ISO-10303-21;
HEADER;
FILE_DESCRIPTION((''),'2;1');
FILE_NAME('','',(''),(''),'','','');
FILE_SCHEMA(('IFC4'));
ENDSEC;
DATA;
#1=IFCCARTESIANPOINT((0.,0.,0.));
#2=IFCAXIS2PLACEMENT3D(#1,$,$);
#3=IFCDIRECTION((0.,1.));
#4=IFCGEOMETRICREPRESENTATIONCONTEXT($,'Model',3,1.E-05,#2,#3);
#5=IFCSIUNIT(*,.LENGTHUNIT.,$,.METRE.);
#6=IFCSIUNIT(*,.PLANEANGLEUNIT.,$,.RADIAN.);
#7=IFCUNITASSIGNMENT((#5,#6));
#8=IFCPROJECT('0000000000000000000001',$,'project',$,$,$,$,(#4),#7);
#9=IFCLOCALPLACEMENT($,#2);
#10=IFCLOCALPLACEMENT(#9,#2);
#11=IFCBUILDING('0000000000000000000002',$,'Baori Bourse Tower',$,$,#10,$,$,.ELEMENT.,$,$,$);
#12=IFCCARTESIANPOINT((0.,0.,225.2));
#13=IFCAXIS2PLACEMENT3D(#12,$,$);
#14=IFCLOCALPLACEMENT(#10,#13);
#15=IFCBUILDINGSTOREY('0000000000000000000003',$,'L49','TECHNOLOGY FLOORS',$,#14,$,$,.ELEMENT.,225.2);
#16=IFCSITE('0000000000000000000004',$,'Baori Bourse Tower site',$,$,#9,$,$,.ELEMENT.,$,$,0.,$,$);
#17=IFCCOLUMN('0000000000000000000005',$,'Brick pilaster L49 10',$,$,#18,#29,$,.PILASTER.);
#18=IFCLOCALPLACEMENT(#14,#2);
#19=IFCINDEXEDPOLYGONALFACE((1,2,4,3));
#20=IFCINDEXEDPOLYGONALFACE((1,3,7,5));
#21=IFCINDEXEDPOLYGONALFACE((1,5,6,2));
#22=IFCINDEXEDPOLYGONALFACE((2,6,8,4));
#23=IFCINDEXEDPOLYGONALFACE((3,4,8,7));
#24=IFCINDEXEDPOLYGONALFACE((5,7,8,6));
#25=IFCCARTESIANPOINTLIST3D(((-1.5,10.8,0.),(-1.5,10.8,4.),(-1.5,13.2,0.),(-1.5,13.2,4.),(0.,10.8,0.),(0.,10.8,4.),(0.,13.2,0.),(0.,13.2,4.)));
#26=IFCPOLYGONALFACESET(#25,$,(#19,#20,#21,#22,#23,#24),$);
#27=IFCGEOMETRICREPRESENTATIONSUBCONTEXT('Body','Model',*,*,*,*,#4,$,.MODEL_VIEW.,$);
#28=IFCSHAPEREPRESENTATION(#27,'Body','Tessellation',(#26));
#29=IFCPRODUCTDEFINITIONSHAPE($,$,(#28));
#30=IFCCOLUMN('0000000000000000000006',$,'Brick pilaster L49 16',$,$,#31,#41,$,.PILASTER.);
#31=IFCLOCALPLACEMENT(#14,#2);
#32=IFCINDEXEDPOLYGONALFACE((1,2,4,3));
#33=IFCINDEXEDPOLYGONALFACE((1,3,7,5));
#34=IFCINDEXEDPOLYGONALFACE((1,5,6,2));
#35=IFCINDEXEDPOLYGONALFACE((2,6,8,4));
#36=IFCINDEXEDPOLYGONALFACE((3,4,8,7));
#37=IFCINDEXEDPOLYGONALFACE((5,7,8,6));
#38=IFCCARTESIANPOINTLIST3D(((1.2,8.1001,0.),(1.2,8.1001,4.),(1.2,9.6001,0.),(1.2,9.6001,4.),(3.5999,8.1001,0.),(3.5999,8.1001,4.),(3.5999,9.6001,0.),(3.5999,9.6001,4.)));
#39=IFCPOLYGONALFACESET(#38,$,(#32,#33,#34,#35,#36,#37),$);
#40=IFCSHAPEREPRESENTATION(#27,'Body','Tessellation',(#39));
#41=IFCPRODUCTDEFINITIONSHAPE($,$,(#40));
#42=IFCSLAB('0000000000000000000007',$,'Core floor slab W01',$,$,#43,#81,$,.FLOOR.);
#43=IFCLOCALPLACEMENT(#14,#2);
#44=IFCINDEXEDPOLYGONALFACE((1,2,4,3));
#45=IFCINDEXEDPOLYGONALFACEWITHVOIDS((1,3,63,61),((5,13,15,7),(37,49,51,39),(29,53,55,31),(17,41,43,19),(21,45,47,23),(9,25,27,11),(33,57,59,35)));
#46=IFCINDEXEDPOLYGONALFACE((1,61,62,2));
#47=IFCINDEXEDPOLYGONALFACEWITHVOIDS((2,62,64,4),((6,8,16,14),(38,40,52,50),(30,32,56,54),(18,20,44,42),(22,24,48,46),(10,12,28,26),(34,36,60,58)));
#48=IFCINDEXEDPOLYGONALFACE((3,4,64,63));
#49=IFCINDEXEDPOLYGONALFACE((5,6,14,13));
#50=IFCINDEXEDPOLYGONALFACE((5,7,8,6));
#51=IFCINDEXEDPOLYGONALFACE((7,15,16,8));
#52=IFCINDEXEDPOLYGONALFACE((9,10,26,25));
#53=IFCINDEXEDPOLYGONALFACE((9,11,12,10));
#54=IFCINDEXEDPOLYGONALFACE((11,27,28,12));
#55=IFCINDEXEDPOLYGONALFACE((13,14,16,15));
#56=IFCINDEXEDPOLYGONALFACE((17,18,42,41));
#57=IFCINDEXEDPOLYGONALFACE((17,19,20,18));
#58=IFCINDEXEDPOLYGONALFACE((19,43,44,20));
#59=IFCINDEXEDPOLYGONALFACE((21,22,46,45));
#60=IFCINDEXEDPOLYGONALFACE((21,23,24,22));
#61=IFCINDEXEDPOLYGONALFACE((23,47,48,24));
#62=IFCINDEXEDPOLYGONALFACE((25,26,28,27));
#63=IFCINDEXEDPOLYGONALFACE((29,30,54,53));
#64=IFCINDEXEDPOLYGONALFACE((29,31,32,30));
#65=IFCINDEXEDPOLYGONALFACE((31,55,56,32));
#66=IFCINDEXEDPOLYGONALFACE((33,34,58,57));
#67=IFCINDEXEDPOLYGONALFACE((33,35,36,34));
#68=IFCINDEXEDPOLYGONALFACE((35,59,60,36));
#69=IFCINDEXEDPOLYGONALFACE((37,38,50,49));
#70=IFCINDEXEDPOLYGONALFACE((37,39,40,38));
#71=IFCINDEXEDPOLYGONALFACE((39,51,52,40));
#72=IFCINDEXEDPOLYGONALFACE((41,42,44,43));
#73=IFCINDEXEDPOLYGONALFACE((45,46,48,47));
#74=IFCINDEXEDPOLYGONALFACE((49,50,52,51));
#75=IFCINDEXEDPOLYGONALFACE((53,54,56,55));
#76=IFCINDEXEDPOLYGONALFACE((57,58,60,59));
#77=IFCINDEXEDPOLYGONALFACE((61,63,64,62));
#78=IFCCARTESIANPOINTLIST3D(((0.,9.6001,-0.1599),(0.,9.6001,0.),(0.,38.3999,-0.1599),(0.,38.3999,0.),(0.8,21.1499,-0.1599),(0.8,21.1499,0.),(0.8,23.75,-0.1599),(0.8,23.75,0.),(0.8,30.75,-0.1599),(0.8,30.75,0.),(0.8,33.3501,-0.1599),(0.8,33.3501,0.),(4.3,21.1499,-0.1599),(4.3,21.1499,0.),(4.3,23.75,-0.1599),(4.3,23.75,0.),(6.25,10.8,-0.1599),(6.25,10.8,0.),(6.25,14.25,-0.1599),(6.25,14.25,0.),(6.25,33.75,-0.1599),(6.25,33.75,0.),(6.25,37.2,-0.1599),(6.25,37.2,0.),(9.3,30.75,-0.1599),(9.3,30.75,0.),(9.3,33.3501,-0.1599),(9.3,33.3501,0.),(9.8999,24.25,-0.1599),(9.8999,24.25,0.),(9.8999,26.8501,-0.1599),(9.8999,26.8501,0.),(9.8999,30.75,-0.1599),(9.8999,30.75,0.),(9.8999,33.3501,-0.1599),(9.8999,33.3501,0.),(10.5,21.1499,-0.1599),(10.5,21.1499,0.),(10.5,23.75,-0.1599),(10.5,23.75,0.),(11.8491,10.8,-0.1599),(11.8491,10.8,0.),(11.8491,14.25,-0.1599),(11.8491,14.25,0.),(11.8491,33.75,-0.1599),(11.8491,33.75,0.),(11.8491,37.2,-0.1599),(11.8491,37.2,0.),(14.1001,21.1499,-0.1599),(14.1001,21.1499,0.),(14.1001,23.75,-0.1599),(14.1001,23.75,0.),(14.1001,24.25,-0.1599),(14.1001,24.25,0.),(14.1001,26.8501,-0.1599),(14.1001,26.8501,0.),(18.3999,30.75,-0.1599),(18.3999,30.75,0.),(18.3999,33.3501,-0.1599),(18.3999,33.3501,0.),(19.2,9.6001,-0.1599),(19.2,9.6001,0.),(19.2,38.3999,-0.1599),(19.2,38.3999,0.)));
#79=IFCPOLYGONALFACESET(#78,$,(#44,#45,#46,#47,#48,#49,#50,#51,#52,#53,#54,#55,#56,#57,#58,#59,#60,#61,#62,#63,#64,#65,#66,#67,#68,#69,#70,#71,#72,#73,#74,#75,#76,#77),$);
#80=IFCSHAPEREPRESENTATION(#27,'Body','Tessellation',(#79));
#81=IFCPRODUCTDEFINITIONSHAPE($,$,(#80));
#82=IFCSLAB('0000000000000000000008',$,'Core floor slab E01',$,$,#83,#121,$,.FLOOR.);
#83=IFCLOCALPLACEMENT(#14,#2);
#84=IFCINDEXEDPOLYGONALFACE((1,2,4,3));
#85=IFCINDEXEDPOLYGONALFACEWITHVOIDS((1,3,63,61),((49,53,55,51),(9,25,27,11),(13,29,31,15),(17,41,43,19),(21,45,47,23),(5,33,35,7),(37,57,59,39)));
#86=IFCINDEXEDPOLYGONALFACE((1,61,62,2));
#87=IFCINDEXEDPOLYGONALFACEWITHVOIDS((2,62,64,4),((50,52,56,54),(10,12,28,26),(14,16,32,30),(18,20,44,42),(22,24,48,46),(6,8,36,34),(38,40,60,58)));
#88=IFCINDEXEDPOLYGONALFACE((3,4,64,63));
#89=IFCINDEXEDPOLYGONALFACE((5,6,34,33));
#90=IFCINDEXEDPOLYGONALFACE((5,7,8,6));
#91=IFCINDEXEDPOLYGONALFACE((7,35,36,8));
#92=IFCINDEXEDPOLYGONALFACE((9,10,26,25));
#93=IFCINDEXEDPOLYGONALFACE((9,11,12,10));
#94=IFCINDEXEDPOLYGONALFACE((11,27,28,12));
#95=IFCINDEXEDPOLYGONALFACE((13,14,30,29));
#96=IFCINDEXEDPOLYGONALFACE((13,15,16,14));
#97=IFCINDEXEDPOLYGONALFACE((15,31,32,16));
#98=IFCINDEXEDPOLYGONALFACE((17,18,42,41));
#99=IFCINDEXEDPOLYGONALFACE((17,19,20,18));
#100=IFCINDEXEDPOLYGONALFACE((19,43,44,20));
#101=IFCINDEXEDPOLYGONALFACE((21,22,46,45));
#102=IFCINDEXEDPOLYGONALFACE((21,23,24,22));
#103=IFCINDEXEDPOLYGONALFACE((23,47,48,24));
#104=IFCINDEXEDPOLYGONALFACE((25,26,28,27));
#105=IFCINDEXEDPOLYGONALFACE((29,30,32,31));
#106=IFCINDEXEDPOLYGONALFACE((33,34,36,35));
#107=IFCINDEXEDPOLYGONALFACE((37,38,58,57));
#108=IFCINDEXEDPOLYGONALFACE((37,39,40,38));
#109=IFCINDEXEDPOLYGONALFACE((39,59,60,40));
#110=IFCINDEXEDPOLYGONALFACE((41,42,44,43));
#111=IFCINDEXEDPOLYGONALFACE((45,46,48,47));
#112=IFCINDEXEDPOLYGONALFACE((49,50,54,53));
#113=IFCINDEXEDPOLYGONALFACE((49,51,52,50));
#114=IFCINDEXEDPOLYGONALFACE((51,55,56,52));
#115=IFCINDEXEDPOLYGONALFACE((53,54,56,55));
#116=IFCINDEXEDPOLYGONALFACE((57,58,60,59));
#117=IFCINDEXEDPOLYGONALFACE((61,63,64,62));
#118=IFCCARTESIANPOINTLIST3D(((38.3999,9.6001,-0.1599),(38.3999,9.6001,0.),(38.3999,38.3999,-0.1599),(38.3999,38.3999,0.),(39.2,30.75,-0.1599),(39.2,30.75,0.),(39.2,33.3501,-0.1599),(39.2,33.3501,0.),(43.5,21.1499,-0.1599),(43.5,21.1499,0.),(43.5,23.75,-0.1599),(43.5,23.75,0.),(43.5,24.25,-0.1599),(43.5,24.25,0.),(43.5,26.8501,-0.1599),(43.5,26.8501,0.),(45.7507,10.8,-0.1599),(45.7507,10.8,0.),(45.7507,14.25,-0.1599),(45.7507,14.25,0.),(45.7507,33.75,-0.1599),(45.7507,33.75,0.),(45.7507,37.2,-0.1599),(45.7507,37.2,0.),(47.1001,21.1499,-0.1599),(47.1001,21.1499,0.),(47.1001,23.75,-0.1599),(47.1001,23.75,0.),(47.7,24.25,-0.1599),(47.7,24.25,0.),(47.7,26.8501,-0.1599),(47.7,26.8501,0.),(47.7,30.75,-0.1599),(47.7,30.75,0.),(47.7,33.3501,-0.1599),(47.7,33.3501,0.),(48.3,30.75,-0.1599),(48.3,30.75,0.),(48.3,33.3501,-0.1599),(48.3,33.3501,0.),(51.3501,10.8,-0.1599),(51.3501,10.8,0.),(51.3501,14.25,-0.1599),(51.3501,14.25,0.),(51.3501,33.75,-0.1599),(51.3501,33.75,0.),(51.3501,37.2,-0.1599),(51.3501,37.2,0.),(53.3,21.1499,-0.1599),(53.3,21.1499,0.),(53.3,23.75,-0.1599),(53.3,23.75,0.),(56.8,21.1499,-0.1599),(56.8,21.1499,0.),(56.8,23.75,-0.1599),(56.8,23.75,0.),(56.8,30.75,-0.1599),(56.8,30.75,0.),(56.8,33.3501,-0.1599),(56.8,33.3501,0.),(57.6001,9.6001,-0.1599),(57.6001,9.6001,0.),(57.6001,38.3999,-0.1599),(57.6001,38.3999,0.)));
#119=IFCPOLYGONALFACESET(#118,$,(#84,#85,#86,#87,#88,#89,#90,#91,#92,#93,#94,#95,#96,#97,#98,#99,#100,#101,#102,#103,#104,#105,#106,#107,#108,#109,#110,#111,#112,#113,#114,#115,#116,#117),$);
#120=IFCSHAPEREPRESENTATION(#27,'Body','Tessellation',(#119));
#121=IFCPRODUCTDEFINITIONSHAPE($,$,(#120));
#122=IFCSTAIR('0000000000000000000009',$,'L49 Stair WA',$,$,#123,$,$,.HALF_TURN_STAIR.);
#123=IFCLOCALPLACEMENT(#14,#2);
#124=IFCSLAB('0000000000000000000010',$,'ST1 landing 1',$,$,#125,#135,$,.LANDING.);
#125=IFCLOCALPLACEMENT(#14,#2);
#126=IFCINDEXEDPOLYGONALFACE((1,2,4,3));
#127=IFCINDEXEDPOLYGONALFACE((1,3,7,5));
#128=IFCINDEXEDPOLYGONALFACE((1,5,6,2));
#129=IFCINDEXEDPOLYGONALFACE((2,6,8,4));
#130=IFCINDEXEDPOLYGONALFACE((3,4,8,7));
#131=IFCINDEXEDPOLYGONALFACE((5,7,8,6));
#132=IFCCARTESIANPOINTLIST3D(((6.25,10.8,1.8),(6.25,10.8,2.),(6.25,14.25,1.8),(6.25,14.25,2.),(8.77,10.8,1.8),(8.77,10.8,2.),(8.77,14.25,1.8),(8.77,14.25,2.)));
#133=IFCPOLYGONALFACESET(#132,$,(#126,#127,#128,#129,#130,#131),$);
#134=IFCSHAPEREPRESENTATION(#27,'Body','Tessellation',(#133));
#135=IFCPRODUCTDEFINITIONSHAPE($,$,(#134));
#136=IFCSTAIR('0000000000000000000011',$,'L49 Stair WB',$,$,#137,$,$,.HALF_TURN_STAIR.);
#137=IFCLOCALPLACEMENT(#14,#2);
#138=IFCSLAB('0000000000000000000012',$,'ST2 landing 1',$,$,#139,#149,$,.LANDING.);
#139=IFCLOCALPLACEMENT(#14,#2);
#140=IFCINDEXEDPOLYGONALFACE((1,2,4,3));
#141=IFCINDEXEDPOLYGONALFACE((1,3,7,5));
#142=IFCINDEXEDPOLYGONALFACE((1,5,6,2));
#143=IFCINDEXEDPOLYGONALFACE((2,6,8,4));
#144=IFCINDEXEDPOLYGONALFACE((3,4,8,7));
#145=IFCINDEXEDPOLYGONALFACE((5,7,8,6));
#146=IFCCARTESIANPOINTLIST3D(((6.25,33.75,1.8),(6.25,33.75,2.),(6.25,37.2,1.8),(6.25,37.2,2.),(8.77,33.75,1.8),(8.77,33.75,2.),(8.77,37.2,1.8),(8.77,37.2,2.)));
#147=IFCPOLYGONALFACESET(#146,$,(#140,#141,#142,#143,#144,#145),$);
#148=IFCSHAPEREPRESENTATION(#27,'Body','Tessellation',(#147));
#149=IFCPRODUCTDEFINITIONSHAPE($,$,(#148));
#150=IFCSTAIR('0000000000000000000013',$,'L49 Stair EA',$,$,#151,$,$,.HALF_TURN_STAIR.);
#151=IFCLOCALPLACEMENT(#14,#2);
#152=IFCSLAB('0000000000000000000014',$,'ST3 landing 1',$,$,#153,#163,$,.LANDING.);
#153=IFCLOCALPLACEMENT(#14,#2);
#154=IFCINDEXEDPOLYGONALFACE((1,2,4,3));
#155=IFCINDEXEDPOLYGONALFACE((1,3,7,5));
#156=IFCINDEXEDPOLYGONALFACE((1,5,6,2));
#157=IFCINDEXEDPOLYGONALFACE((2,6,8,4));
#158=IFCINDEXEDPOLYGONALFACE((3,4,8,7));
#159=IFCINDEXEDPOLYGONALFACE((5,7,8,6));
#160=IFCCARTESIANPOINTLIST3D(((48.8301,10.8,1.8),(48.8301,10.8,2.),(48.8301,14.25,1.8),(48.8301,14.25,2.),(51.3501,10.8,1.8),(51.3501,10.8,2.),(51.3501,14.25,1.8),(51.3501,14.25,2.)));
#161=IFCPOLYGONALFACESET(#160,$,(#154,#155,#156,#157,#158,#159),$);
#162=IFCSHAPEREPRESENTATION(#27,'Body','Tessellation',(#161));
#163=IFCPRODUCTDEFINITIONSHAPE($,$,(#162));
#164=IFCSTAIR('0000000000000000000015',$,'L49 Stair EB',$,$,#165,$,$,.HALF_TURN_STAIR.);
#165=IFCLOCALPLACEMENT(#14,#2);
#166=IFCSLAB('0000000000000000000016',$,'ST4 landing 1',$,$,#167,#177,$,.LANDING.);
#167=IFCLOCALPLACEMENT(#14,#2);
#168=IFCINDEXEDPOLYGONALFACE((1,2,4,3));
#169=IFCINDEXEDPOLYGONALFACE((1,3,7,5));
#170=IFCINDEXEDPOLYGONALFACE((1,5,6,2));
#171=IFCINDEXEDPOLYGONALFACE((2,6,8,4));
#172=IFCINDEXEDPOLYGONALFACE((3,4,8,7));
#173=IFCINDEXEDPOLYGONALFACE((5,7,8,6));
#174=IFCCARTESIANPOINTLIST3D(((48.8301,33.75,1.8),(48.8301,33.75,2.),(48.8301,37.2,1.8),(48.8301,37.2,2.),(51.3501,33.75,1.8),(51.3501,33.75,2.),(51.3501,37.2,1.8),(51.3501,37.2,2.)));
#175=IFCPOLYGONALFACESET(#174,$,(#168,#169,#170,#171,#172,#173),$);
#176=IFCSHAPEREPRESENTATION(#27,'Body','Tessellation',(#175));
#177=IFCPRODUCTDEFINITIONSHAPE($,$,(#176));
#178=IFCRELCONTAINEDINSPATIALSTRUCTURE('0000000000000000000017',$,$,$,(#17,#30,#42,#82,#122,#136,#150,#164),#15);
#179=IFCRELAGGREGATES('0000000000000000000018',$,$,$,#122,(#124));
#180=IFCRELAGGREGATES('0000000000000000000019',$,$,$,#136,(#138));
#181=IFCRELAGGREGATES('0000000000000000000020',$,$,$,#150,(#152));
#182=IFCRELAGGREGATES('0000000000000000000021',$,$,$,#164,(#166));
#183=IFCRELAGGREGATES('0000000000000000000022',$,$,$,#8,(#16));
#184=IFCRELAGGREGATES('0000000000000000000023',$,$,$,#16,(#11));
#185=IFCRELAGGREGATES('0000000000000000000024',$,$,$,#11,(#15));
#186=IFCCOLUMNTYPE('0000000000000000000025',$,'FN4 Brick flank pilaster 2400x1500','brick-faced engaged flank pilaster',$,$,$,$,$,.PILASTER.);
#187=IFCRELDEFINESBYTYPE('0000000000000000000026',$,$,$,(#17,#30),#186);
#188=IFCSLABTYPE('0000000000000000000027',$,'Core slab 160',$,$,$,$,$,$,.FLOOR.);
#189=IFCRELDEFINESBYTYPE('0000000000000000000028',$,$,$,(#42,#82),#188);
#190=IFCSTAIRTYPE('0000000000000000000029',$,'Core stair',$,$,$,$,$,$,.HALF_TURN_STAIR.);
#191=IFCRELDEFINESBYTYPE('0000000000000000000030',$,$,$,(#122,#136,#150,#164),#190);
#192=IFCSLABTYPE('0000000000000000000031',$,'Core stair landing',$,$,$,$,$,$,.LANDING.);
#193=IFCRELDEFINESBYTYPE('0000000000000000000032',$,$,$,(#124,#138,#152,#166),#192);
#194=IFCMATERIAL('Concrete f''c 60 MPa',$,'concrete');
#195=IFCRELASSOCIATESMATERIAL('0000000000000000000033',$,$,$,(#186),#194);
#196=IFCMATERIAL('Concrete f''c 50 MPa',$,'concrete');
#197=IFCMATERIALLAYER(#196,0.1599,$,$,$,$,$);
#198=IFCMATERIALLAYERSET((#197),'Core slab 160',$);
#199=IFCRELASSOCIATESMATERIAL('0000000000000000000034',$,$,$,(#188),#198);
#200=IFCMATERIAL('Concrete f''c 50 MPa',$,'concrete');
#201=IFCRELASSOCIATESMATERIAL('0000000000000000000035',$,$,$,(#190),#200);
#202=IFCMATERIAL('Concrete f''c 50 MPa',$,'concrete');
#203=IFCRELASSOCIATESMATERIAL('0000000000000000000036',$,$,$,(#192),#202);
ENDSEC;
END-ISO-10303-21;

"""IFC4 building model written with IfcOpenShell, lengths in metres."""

from ifc_helpers import new_model, si_unit, direction, frame, origin, origin_2d, place, context, subcontext, project, spatial, polyline, rectangle, outline, extrude, material, layer, layer_set, material_profile, profile_set, type_object, element, aggregate, save


model = new_model("IFC4")

# Units and contexts
model_context = context("Model", 3, precision=1e-05, world=origin(), true_north=direction((0.0, 1.0)))
body_context = subcontext(model_context, "Body", "Model", "MODEL_VIEW")
ifc_project = project(units=[si_unit("LENGTHUNIT", "METRE"), si_unit("PLANEANGLEUNIT", "RADIAN")], contexts=[model_context])

# Site, building, storey
site_placement = place(None, origin())
site = spatial("IfcSite", under=ifc_project, at=site_placement, Name="Baori Bourse Tower site", CompositionType="ELEMENT", RefElevation=0.0)
building_placement = place(site_placement, origin())
building = spatial("IfcBuilding", under=site, at=building_placement, Name="Baori Bourse Tower", CompositionType="ELEMENT")
storey_placement = place(building_placement, frame((0.0, 0.0, 225.2)))
storey = spatial("IfcBuildingStorey", under=building, at=storey_placement, Name="L49", Description="TECHNOLOGY FLOORS", CompositionType="ELEMENT", Elevation=225.2)

# Columns
ifc_material_1 = material(Name="Concrete f'c 60 MPa", Category="concrete")
ifc_material_profile = material_profile(ifc_material_1, rectangle(XDim=2.3999, YDim=1.5, at=origin_2d()), Name="RC 2400x1500")
ifc_profile_set = profile_set([ifc_material_profile], Name="Concrete f'c 60 MPa")
column_type = type_object("IfcColumnType", Name="FN4 Brick flank pilaster 2400x1500", Description="brick-faced engaged flank pilaster", PredefinedType="PILASTER", material=ifc_profile_set)
for number, where, z_axis, x_axis, name in (
    (1, (-0.75, 12.0, 0.0), (0.0, 0.0, 1.0), (0.0, 1.0, 0.0), "Brick pilaster L49 10"),
    (2, (2.3999, 8.8501, 0.0), (0.0, 0.0, 1.0), (1.0, 0.0, 0.0), "Brick pilaster L49 16"),
):
    element("IfcColumn", number, at=place(storey_placement, frame(where, z_axis=z_axis, x_axis=x_axis)), inside=storey, type_object=column_type, Name=name, PredefinedType="PILASTER", context=body_context, shape_type="SweptSolid", body=[
        extrude(rectangle(XDim=2.3999, YDim=1.5, at=origin_2d()), origin(), (0.0, 0.0, 1.0), 4.0),
    ])

# Slabs
ifc_material_2 = material(Name="Concrete f'c 50 MPa", Category="concrete")
ifc_layer_1 = layer(ifc_material_2, 0.1599)
ifc_layer_set_1 = layer_set([ifc_layer_1], Name="Core slab 160")
slab_type_1 = type_object("IfcSlabType", Name="Core slab 160", PredefinedType="FLOOR", material=ifc_layer_set_1)
slab_1_placement = place(storey_placement, frame((0.0, 0.0, -0.1599)))
element("IfcSlab", 3, at=slab_1_placement, inside=storey, type_object=slab_type_1, Name="Core floor slab W01", PredefinedType="FLOOR", context=body_context, shape_type="SweptSolid", body=[
    extrude(outline(polyline([(19.2, 38.3999), (0.0, 38.3999), (0.0, 9.6001), (19.2, 9.6001), (19.2, 38.3999)]), holes=[polyline([(9.8999, 33.3501), (18.3999, 33.3501), (18.3999, 30.75), (9.8999, 30.75), (9.8999, 33.3501)]), polyline([(10.5, 21.1499), (10.5, 23.75), (14.1001, 23.75), (14.1001, 21.1499), (10.5, 21.1499)]), polyline([(14.1001, 24.25), (9.8999, 24.25), (9.8999, 26.8501), (14.1001, 26.8501), (14.1001, 24.25)]), polyline([(6.25, 14.25), (11.8491, 14.25), (11.8491, 10.8), (6.25, 10.8), (6.25, 14.25)]), polyline([(11.8491, 37.2), (11.8491, 33.75), (6.25, 33.75), (6.25, 37.2), (11.8491, 37.2)]), polyline([(0.8, 30.75), (0.8, 33.3501), (9.3, 33.3501), (9.3, 30.75), (0.8, 30.75)]), polyline([(4.3, 23.75), (4.3, 21.1499), (0.8, 21.1499), (0.8, 23.75), (4.3, 23.75)])]), origin(), (0.0, 0.0, 1.0), 0.1599),
])
slab_2_placement = place(storey_placement, frame((0.0, 0.0, -0.1599)))
element("IfcSlab", 4, at=slab_2_placement, inside=storey, type_object=slab_type_1, Name="Core floor slab E01", PredefinedType="FLOOR", context=body_context, shape_type="SweptSolid", body=[
    extrude(outline(polyline([(57.6001, 9.6001), (57.6001, 38.3999), (38.3999, 38.3999), (38.3999, 9.6001), (57.6001, 9.6001)]), holes=[polyline([(48.3, 33.3501), (56.8, 33.3501), (56.8, 30.75), (48.3, 30.75), (48.3, 33.3501)]), polyline([(56.8, 21.1499), (53.3, 21.1499), (53.3, 23.75), (56.8, 23.75), (56.8, 21.1499)]), polyline([(45.7507, 14.25), (51.3501, 14.25), (51.3501, 10.8), (45.7507, 10.8), (45.7507, 14.25)]), polyline([(51.3501, 37.2), (51.3501, 33.75), (45.7507, 33.75), (45.7507, 37.2), (51.3501, 37.2)]), polyline([(43.5, 24.25), (43.5, 26.8501), (47.7, 26.8501), (47.7, 24.25), (43.5, 24.25)]), polyline([(47.7, 33.3501), (47.7, 30.75), (39.2, 30.75), (39.2, 33.3501), (47.7, 33.3501)]), polyline([(43.5, 23.75), (47.1001, 23.75), (47.1001, 21.1499), (43.5, 21.1499), (43.5, 23.75)])]), origin(), (0.0, 0.0, 1.0), 0.1599),
])

# Stairs, slabs
ifc_material_3 = material(Name="Concrete f'c 50 MPa", Category="concrete")
stair_type = type_object("IfcStairType", Name="Core stair", PredefinedType="HALF_TURN_STAIR", material=ifc_material_3)
stair_1_placement = place(storey_placement, origin())
stair_1 = element("IfcStair", 5, at=stair_1_placement, inside=storey, type_object=stair_type, Name="L49 Stair WA", PredefinedType="HALF_TURN_STAIR")
ifc_material_4 = material(Name="Concrete f'c 50 MPa", Category="concrete")
slab_type_2 = type_object("IfcSlabType", Name="Core stair landing", PredefinedType="LANDING", material=ifc_material_4)
slab_3_placement = place(storey_placement, frame((0.0, 0.0, 1.8)))
slab_3 = element("IfcSlab", 6, at=slab_3_placement, type_object=slab_type_2, Name="ST1 landing 1", PredefinedType="LANDING", context=body_context, shape_type="SweptSolid", body=[
    extrude(outline(polyline([(8.77, 14.25), (6.25, 14.25), (6.25, 10.8), (8.77, 10.8), (8.77, 14.25)])), origin(), (0.0, 0.0, 1.0), 0.2),
])
aggregate(stair_1, [slab_3])
stair_2_placement = place(storey_placement, origin())
stair_2 = element("IfcStair", 7, at=stair_2_placement, inside=storey, type_object=stair_type, Name="L49 Stair WB", PredefinedType="HALF_TURN_STAIR")
slab_4_placement = place(storey_placement, frame((0.0, 0.0, 1.8)))
slab_4 = element("IfcSlab", 8, at=slab_4_placement, type_object=slab_type_2, Name="ST2 landing 1", PredefinedType="LANDING", context=body_context, shape_type="SweptSolid", body=[
    extrude(outline(polyline([(8.77, 37.2), (6.25, 37.2), (6.25, 33.75), (8.77, 33.75), (8.77, 37.2)])), origin(), (0.0, 0.0, 1.0), 0.2),
])
aggregate(stair_2, [slab_4])
stair_3_placement = place(storey_placement, origin())
stair_3 = element("IfcStair", 9, at=stair_3_placement, inside=storey, type_object=stair_type, Name="L49 Stair EA", PredefinedType="HALF_TURN_STAIR")
slab_5_placement = place(storey_placement, frame((0.0, 0.0, 1.8)))
slab_5 = element("IfcSlab", 10, at=slab_5_placement, type_object=slab_type_2, Name="ST3 landing 1", PredefinedType="LANDING", context=body_context, shape_type="SweptSolid", body=[
    extrude(outline(polyline([(48.8301, 10.8), (51.3501, 10.8), (51.3501, 14.25), (48.8301, 14.25), (48.8301, 10.8)])), origin(), (0.0, 0.0, 1.0), 0.2),
])
aggregate(stair_3, [slab_5])
stair_4_placement = place(storey_placement, origin())
stair_4 = element("IfcStair", 11, at=stair_4_placement, inside=storey, type_object=stair_type, Name="L49 Stair EB", PredefinedType="HALF_TURN_STAIR")
slab_6_placement = place(storey_placement, frame((0.0, 0.0, 1.8)))
slab_6 = element("IfcSlab", 12, at=slab_6_placement, type_object=slab_type_2, Name="ST4 landing 1", PredefinedType="LANDING", context=body_context, shape_type="SweptSolid", body=[
    extrude(outline(polyline([(48.8301, 33.75), (51.3501, 33.75), (51.3501, 37.2), (48.8301, 37.2), (48.8301, 33.75)])), origin(), (0.0, 0.0, 1.0), 0.2),
])
aggregate(stair_4, [slab_6])

save(model, "model.ifc")
